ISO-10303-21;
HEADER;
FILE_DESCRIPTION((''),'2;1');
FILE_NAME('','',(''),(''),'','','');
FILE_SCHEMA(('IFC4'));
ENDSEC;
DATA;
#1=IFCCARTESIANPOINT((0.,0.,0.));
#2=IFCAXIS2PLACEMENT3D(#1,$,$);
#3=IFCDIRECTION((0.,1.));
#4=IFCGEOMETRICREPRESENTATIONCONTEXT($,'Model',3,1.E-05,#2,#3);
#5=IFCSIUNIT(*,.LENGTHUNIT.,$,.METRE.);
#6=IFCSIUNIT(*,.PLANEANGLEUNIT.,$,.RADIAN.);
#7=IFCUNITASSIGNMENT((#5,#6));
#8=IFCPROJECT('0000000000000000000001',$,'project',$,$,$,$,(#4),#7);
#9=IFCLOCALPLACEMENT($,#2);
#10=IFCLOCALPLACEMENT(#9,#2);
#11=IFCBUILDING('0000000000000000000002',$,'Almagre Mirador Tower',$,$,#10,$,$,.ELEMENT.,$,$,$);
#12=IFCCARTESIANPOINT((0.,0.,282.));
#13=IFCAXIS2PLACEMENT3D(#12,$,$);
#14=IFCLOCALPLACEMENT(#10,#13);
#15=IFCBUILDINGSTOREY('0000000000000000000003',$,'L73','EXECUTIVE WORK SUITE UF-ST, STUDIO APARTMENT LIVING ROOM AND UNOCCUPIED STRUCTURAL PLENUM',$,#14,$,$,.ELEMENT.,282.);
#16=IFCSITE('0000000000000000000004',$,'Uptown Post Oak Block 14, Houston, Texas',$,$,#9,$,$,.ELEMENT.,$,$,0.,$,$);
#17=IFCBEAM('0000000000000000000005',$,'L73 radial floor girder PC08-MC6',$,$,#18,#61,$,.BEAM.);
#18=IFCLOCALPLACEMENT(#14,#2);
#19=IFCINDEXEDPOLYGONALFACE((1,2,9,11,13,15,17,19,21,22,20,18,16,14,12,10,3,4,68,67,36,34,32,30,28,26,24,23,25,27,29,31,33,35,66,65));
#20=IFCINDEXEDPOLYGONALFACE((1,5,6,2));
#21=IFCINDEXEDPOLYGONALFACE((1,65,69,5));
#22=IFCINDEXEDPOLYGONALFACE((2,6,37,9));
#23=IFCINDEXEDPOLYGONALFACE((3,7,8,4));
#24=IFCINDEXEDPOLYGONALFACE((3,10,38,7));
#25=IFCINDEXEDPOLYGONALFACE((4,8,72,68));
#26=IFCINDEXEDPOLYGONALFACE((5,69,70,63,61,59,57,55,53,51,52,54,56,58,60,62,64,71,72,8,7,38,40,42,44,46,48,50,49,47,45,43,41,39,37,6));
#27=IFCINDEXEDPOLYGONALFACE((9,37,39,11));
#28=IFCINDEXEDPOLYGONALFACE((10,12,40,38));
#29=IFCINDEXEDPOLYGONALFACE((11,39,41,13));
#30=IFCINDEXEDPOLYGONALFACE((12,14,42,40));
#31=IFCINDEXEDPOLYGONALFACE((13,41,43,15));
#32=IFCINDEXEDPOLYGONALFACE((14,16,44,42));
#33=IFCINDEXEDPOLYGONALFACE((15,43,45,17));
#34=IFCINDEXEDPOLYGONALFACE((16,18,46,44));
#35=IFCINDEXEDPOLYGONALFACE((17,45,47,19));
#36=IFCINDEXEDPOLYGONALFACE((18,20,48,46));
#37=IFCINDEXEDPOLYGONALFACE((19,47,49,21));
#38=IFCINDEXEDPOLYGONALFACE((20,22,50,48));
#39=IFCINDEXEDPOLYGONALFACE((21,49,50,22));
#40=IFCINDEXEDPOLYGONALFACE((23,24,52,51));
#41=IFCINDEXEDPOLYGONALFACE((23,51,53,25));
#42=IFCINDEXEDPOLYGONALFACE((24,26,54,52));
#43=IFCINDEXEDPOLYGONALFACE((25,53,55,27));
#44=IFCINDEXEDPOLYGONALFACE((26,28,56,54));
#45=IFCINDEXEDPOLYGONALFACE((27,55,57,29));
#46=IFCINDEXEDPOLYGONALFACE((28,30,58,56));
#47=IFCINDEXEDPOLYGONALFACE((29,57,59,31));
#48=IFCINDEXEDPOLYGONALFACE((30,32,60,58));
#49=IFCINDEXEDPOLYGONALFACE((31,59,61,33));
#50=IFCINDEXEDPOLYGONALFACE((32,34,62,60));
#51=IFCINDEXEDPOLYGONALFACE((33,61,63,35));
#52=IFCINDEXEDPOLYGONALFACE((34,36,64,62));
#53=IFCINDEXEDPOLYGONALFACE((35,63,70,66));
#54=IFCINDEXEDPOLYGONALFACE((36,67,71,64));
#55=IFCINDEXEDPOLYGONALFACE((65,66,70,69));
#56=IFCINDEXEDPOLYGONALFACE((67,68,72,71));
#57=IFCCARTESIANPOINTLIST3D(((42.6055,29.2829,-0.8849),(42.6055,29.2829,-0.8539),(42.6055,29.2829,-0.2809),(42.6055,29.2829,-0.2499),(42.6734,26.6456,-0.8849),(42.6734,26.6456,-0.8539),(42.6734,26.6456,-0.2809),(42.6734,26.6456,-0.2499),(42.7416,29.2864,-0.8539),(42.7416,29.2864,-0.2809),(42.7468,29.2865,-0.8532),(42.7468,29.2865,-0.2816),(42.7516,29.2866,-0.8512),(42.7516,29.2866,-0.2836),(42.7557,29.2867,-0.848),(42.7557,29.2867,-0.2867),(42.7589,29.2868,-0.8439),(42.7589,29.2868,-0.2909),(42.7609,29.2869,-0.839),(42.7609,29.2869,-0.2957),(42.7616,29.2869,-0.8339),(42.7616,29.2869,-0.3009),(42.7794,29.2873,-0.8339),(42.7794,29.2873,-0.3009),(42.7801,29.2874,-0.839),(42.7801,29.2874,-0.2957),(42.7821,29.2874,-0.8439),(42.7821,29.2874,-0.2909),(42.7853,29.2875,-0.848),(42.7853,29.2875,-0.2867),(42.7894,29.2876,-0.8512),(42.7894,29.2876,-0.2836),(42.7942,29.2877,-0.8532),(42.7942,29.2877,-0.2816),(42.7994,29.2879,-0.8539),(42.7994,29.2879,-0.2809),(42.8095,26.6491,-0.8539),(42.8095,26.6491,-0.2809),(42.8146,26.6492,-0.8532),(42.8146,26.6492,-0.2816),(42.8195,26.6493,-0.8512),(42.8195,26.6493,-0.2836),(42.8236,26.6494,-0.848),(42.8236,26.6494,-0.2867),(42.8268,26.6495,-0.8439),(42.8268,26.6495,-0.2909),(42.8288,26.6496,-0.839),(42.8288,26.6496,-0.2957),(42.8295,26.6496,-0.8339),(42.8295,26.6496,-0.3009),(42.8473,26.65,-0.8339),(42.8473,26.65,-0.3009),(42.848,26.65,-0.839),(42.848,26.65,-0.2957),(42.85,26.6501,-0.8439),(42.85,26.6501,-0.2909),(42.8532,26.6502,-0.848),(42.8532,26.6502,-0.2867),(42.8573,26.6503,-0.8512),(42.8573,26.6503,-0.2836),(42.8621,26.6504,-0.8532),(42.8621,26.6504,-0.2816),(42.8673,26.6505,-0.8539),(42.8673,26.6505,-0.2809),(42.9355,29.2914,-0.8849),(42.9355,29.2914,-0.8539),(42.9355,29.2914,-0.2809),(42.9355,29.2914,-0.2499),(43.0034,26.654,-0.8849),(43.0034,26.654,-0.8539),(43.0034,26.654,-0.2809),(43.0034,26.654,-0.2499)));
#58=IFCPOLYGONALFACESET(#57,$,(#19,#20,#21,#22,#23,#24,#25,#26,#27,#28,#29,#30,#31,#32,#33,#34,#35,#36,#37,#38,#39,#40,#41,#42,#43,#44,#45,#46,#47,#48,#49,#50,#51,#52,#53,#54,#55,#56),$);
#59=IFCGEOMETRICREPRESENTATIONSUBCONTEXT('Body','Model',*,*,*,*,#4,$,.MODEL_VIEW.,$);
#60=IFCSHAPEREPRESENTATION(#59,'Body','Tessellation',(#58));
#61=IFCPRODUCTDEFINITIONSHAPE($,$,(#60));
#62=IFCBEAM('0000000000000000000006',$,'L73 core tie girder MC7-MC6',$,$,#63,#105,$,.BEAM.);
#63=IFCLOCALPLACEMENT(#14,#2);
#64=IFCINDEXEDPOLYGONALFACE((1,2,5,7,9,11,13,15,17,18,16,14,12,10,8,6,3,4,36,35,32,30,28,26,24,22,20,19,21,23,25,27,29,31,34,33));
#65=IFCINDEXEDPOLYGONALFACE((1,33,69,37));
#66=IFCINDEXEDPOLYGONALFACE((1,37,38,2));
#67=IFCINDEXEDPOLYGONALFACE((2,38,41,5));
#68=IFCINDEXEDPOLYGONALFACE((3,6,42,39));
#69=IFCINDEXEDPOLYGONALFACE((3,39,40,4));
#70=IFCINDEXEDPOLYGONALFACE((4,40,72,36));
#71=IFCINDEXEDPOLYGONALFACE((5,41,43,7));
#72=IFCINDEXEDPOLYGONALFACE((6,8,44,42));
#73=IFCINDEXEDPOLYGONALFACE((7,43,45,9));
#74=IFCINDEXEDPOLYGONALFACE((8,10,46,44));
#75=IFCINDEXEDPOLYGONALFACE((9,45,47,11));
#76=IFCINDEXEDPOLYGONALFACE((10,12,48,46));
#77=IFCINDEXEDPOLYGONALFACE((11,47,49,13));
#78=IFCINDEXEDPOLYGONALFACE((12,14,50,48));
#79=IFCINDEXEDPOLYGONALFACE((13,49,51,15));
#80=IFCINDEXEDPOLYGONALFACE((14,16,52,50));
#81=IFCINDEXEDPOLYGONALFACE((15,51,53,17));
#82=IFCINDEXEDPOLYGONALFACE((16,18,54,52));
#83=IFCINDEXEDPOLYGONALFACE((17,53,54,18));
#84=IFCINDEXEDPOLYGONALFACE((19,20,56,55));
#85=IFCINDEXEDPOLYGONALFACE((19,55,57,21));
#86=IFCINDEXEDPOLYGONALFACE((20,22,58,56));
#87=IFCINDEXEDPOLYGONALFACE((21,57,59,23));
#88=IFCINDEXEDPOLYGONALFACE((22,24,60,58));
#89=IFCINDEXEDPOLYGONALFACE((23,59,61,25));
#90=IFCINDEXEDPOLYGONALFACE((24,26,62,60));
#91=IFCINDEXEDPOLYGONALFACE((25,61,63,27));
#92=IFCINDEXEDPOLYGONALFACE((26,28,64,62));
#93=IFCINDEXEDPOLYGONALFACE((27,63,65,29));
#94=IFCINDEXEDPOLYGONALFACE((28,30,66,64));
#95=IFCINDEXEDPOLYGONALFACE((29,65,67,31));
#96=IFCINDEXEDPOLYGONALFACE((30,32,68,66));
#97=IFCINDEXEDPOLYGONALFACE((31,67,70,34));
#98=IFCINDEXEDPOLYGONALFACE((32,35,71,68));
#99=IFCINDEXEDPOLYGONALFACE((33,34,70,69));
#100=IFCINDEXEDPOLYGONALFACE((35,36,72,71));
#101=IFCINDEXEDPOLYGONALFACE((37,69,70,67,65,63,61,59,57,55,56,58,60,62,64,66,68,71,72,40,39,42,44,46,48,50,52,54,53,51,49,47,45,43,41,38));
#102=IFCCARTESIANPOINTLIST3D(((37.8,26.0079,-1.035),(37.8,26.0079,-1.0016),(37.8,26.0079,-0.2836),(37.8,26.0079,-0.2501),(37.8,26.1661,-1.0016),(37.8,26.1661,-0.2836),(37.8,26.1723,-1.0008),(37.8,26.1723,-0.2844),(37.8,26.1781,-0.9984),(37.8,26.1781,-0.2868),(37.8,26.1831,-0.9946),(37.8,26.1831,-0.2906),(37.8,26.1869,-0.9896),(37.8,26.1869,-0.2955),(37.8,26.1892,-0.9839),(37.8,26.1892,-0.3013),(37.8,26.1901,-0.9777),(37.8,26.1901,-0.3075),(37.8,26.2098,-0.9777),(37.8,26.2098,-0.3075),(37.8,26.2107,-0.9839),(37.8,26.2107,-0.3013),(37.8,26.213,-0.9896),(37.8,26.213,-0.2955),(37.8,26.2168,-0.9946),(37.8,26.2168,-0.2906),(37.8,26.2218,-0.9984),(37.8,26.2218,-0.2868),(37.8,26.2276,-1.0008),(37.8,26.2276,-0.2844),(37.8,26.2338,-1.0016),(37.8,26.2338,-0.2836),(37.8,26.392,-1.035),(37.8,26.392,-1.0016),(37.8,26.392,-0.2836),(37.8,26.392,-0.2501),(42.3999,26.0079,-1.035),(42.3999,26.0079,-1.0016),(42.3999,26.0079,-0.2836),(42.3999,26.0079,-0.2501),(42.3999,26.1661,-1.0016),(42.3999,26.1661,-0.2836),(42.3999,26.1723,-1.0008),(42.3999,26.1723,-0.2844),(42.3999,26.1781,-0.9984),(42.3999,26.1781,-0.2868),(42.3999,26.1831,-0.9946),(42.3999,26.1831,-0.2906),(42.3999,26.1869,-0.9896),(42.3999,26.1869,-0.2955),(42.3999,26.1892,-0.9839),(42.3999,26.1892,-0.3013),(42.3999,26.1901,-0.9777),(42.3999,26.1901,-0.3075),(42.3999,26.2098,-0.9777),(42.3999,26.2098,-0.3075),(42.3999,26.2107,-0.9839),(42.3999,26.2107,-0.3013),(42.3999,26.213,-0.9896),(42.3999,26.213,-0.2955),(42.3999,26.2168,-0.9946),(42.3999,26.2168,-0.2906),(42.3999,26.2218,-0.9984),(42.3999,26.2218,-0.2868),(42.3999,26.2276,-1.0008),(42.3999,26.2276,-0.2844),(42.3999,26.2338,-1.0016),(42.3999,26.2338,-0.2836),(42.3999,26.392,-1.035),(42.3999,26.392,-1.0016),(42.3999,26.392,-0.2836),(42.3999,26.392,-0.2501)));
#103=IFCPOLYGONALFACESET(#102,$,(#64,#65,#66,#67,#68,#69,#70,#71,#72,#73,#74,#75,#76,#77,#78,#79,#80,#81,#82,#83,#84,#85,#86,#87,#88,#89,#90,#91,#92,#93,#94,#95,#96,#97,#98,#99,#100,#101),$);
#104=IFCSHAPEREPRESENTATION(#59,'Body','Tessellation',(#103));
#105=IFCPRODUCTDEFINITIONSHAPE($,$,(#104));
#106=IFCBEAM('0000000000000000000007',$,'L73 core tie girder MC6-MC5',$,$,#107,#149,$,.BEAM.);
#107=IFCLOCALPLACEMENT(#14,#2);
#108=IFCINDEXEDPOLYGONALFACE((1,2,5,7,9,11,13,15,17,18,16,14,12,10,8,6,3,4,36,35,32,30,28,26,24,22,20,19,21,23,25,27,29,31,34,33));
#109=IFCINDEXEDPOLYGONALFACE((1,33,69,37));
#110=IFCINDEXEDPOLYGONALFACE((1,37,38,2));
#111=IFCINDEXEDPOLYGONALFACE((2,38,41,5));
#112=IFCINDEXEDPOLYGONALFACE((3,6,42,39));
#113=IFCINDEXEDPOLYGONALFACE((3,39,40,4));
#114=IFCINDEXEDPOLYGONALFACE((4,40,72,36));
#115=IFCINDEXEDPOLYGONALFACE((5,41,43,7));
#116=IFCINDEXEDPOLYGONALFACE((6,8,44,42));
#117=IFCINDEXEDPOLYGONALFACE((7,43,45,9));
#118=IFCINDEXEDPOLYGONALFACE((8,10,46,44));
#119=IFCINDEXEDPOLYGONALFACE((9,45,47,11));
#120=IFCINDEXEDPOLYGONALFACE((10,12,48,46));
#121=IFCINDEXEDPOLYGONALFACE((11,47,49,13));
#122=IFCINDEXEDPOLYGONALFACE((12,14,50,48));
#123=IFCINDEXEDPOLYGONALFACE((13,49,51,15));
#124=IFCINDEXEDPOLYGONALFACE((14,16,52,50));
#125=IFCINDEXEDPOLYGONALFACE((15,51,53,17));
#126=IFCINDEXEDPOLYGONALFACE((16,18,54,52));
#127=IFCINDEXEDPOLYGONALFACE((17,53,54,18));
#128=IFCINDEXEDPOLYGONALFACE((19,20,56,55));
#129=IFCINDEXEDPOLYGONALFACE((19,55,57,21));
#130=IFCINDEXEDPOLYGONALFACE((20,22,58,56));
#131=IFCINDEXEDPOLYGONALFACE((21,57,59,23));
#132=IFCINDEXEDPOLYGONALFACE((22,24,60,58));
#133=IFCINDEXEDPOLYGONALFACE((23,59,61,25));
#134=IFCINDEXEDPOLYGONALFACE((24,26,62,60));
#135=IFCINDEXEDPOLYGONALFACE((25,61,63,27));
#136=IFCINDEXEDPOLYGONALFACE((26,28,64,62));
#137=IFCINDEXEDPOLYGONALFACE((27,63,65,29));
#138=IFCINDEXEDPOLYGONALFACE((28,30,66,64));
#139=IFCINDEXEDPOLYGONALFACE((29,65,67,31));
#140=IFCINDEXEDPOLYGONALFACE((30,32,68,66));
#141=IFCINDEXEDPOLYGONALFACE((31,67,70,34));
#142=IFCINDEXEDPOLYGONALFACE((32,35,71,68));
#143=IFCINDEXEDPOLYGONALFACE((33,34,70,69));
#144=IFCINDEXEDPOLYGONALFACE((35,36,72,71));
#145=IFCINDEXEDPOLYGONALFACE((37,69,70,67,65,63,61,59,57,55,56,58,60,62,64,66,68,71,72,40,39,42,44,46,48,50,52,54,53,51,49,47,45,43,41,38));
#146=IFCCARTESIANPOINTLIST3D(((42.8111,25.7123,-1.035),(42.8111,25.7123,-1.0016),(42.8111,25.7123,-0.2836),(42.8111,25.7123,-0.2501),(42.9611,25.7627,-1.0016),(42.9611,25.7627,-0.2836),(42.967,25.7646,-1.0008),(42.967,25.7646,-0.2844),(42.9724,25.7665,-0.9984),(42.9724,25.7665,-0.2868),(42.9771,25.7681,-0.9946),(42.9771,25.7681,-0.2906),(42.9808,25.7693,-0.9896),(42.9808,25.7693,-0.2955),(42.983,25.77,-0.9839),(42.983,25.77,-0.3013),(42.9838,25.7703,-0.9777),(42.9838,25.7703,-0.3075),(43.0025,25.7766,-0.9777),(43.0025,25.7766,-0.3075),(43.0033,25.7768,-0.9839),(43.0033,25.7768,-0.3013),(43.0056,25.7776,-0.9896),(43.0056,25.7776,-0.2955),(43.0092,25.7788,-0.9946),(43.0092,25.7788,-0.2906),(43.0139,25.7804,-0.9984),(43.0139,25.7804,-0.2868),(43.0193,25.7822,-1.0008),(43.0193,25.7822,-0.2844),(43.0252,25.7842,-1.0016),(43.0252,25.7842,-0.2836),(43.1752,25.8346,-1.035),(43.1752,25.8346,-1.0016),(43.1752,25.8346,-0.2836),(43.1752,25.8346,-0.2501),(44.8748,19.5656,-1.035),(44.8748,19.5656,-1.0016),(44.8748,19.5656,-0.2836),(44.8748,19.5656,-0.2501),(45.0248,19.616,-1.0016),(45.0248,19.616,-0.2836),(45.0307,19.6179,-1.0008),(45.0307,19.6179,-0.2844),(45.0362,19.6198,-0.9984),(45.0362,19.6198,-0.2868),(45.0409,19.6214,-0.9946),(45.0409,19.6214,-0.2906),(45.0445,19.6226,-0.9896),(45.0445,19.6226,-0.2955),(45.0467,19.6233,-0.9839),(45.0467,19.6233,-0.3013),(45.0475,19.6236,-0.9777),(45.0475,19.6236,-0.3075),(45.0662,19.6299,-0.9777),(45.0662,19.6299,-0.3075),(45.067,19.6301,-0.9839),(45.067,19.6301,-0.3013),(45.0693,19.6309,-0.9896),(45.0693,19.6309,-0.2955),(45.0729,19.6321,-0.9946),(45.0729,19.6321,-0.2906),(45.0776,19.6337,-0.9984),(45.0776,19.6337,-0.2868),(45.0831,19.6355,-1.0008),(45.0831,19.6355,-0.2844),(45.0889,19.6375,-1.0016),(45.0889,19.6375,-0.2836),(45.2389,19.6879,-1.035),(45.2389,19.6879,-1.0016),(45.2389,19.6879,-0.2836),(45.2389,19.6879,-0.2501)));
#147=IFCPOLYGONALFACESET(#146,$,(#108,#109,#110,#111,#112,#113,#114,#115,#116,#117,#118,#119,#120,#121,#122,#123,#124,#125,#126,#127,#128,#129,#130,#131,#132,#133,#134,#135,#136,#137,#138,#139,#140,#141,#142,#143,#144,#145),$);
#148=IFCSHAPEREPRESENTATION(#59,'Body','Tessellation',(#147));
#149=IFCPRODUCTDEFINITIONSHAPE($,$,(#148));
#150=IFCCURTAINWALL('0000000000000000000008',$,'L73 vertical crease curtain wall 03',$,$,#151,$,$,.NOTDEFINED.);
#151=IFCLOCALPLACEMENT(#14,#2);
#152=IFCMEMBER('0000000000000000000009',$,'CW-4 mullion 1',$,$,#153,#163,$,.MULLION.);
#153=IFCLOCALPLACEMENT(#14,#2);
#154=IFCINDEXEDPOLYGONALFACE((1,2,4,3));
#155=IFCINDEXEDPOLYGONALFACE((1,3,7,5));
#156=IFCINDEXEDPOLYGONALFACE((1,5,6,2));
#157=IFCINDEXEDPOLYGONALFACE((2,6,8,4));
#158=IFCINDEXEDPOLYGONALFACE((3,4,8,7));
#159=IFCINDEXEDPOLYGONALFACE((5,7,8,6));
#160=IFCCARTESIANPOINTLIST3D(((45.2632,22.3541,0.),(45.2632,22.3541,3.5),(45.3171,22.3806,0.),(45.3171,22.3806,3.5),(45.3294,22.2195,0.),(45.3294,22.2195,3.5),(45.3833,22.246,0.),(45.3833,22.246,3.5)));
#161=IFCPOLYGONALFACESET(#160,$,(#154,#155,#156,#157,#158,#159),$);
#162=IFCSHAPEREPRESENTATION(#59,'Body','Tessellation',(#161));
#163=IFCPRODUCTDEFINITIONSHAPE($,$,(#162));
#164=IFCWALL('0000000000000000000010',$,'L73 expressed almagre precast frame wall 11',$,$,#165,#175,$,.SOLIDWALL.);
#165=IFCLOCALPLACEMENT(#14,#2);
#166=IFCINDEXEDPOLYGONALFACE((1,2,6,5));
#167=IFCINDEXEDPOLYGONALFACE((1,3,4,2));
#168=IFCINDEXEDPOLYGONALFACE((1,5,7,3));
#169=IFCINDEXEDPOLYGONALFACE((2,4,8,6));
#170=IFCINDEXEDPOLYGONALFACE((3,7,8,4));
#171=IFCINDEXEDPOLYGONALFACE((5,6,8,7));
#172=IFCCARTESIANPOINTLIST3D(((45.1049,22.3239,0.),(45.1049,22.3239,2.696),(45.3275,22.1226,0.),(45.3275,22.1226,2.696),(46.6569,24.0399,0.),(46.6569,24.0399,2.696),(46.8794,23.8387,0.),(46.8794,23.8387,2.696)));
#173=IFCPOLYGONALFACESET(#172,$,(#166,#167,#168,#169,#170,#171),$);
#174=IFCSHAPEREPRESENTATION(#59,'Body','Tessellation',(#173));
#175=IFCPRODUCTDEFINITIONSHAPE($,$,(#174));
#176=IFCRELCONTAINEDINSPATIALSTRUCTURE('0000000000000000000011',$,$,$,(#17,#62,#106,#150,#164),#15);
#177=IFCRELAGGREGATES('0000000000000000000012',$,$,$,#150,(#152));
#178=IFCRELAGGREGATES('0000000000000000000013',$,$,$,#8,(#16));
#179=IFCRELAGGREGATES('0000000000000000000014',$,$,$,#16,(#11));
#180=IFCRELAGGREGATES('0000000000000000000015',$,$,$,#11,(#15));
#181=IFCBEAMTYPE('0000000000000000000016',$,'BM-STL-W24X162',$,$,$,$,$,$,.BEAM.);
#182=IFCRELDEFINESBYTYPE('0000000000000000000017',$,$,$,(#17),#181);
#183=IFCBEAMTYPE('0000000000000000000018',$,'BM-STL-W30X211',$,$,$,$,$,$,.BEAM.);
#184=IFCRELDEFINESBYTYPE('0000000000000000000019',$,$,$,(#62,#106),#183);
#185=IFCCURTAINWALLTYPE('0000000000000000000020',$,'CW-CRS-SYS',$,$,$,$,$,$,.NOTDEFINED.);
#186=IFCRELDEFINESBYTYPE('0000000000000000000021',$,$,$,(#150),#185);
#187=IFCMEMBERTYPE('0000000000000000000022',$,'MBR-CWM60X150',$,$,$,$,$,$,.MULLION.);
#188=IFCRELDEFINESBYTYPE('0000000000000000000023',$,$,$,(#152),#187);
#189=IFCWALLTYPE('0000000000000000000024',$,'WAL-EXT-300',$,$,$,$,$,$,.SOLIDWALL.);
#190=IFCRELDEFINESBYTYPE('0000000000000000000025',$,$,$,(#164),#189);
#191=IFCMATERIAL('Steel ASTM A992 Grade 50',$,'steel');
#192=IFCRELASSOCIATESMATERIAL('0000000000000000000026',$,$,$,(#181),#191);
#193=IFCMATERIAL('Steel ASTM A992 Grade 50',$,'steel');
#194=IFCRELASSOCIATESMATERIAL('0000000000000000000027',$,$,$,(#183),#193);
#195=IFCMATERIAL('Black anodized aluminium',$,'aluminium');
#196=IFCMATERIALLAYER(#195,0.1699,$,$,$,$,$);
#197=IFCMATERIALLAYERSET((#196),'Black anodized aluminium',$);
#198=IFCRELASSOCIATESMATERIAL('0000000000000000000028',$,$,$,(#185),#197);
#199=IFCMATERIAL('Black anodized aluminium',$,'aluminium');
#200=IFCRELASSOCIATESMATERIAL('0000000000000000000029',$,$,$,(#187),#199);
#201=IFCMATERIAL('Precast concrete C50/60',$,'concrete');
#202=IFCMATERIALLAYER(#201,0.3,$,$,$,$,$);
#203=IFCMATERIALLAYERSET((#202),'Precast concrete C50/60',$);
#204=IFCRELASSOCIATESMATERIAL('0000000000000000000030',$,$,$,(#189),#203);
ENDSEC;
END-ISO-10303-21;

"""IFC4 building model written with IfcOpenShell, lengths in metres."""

from ifc_helpers import new_model, si_unit, direction, frame, frame_2d, origin, origin_2d, place, context, subcontext, project, spatial, rectangle, i_section, extrude, material, layer, layer_set, material_profile, profile_set, type_object, element, aggregate, save


model = new_model("IFC4")

# Units and contexts
model_context = context("Model", 3, precision=1e-05, world=origin(), true_north=direction((0.0, 1.0)))
body_context = subcontext(model_context, "Body", "Model", "MODEL_VIEW")
ifc_project = project(units=[si_unit("LENGTHUNIT", "METRE"), si_unit("PLANEANGLEUNIT", "RADIAN")], contexts=[model_context])

# Site, building, storey
site_placement = place(None, origin())
site = spatial("IfcSite", under=ifc_project, at=site_placement, Name="Uptown Post Oak Block 14, Houston, Texas", CompositionType="ELEMENT", RefElevation=0.0)
building_placement = place(site_placement, origin())
building = spatial("IfcBuilding", under=site, at=building_placement, Name="Almagre Mirador Tower", CompositionType="ELEMENT")
storey_placement = place(building_placement, frame((0.0, 0.0, 282.0)))
storey = spatial("IfcBuildingStorey", under=building, at=storey_placement, Name="L73", Description="EXECUTIVE WORK SUITE UF-ST, STUDIO APARTMENT LIVING ROOM AND UNOCCUPIED STRUCTURAL PLENUM", CompositionType="ELEMENT", Elevation=282.0)

# Beams
ifc_material_1 = material(Name="Steel ASTM A992 Grade 50", Category="steel")
ifc_material_profile_1 = material_profile(ifc_material_1, i_section(OverallWidth=0.3301, OverallDepth=0.635, WebThickness=0.0178, FlangeThickness=0.031, FilletRadius=0.02, at=origin_2d()), Name="W24X162")
ifc_profile_set_1 = profile_set([ifc_material_profile_1], Name="Steel ASTM A992 Grade 50")
beam_type_1 = type_object("IfcBeamType", Name="BM-STL-W24X162", PredefinedType="BEAM", material=ifc_profile_set_1)
beam_1_placement = place(storey_placement, frame((42.7705, 29.2871, -0.5674), z_axis=(0.025727, -0.999669, 0.0), x_axis=(0.999669, 0.025727, 0.0)))
element("IfcBeam", 1, at=beam_1_placement, inside=storey, type_object=beam_type_1, Name="L73 radial floor girder PC08-MC6", PredefinedType="BEAM", context=body_context, shape_type="SweptSolid", body=[
    extrude(i_section(OverallWidth=0.3301, OverallDepth=0.635, WebThickness=0.0178, FlangeThickness=0.031, FilletRadius=0.02, at=origin_2d()), origin(), (0.0, 0.0, 1.0), 2.6382),
])
ifc_material_2 = material(Name="Steel ASTM A992 Grade 50", Category="steel")
ifc_material_profile_2 = material_profile(ifc_material_2, i_section(OverallWidth=0.384, OverallDepth=0.7849, WebThickness=0.0198, FlangeThickness=0.0334, FilletRadius=0.0239, at=origin_2d()), Name="W30X211")
ifc_profile_set_2 = profile_set([ifc_material_profile_2], Name="Steel ASTM A992 Grade 50")
beam_type_2 = type_object("IfcBeamType", Name="BM-STL-W30X211", PredefinedType="BEAM", material=ifc_profile_set_2)
beam_2_placement = place(storey_placement, frame((37.8, 26.2, -0.6426), z_axis=(1.0, 0.0, 0.0), x_axis=(0.0, 1.0, 0.0)))
element("IfcBeam", 2, at=beam_2_placement, inside=storey, type_object=beam_type_2, Name="L73 core tie girder MC7-MC6", PredefinedType="BEAM", context=body_context, shape_type="SweptSolid", body=[
    extrude(i_section(OverallWidth=0.384, OverallDepth=0.7849, WebThickness=0.0198, FlangeThickness=0.0334, FilletRadius=0.0239, at=origin_2d()), origin(), (0.0, 0.0, 1.0), 4.5999),
])
beam_3_placement = place(storey_placement, frame((42.9932, 25.7734, -0.6426), z_axis=(0.318283, -0.947996, 0.0), x_axis=(0.947996, 0.318283, 0.0)))
element("IfcBeam", 3, at=beam_3_placement, inside=storey, type_object=beam_type_2, Name="L73 core tie girder MC6-MC5", PredefinedType="BEAM", context=body_context, shape_type="SweptSolid", body=[
    extrude(i_section(OverallWidth=0.384, OverallDepth=0.7849, WebThickness=0.0198, FlangeThickness=0.0334, FilletRadius=0.0239, at=origin_2d()), origin(), (0.0, 0.0, 1.0), 6.4839),
])

# Curtain wall, member
ifc_material_3 = material(Name="Black anodized aluminium", Category="aluminium")
ifc_layer_1 = layer(ifc_material_3, 0.1699)
ifc_layer_set_1 = layer_set([ifc_layer_1], Name="Black anodized aluminium")
curtain_wall_type = type_object("IfcCurtainWallType", Name="CW-CRS-SYS", PredefinedType="NOTDEFINED", material=ifc_layer_set_1)
curtain_wall_placement = place(storey_placement, origin())
curtain_wall = element("IfcCurtainWall", 4, at=curtain_wall_placement, inside=storey, type_object=curtain_wall_type, Name="L73 vertical crease curtain wall 03", PredefinedType="NOTDEFINED")
ifc_material_4 = material(Name="Black anodized aluminium", Category="aluminium")
ifc_material_profile_3 = material_profile(ifc_material_4, rectangle(XDim=0.0601, YDim=0.1499, at=origin_2d()), Name="CWM60X150")
ifc_profile_set_3 = profile_set([ifc_material_profile_3], Name="Black anodized aluminium")
member_type = type_object("IfcMemberType", Name="MBR-CWM60X150", PredefinedType="MULLION", material=ifc_profile_set_3)
member_placement = place(storey_placement, frame((45.3232, 22.3, 0.0), z_axis=(0.0, 0.0, 1.0), x_axis=(0.897468, 0.44108, 0.0)))
member = element("IfcMember", 5, at=member_placement, type_object=member_type, Name="CW-4 mullion 1", PredefinedType="MULLION", context=body_context, shape_type="SweptSolid", body=[
    extrude(rectangle(XDim=0.0601, YDim=0.1499, at=origin_2d()), origin(), (0.0, 0.0, 1.0), 3.5),
])
aggregate(curtain_wall, [member])

# Wall
ifc_material_5 = material(Name="Precast concrete C50/60", Category="concrete")
ifc_layer_2 = layer(ifc_material_5, 0.3)
ifc_layer_set_2 = layer_set([ifc_layer_2], Name="Precast concrete C50/60")
wall_type_1 = type_object("IfcWallType", Name="WAL-EXT-300", PredefinedType="SOLIDWALL", material=ifc_layer_set_2)
wall_1_placement = place(storey_placement, frame((46.7681, 23.9392, 0.0), z_axis=(0.0, 0.0, 1.0), x_axis=(-0.670764, -0.741671, 0.0)))
element("IfcWall", 6, at=wall_1_placement, inside=storey, type_object=wall_type_1, Name="L73 expressed almagre precast frame wall 11", PredefinedType="SOLIDWALL", context=body_context, shape_type="SweptSolid", body=[
    extrude(rectangle(XDim=2.3137, YDim=0.3, at=frame_2d((1.1567, 0.0))), origin(), (0.0, 0.0, 1.0), 2.696),
])

save(model, "model.ifc")
